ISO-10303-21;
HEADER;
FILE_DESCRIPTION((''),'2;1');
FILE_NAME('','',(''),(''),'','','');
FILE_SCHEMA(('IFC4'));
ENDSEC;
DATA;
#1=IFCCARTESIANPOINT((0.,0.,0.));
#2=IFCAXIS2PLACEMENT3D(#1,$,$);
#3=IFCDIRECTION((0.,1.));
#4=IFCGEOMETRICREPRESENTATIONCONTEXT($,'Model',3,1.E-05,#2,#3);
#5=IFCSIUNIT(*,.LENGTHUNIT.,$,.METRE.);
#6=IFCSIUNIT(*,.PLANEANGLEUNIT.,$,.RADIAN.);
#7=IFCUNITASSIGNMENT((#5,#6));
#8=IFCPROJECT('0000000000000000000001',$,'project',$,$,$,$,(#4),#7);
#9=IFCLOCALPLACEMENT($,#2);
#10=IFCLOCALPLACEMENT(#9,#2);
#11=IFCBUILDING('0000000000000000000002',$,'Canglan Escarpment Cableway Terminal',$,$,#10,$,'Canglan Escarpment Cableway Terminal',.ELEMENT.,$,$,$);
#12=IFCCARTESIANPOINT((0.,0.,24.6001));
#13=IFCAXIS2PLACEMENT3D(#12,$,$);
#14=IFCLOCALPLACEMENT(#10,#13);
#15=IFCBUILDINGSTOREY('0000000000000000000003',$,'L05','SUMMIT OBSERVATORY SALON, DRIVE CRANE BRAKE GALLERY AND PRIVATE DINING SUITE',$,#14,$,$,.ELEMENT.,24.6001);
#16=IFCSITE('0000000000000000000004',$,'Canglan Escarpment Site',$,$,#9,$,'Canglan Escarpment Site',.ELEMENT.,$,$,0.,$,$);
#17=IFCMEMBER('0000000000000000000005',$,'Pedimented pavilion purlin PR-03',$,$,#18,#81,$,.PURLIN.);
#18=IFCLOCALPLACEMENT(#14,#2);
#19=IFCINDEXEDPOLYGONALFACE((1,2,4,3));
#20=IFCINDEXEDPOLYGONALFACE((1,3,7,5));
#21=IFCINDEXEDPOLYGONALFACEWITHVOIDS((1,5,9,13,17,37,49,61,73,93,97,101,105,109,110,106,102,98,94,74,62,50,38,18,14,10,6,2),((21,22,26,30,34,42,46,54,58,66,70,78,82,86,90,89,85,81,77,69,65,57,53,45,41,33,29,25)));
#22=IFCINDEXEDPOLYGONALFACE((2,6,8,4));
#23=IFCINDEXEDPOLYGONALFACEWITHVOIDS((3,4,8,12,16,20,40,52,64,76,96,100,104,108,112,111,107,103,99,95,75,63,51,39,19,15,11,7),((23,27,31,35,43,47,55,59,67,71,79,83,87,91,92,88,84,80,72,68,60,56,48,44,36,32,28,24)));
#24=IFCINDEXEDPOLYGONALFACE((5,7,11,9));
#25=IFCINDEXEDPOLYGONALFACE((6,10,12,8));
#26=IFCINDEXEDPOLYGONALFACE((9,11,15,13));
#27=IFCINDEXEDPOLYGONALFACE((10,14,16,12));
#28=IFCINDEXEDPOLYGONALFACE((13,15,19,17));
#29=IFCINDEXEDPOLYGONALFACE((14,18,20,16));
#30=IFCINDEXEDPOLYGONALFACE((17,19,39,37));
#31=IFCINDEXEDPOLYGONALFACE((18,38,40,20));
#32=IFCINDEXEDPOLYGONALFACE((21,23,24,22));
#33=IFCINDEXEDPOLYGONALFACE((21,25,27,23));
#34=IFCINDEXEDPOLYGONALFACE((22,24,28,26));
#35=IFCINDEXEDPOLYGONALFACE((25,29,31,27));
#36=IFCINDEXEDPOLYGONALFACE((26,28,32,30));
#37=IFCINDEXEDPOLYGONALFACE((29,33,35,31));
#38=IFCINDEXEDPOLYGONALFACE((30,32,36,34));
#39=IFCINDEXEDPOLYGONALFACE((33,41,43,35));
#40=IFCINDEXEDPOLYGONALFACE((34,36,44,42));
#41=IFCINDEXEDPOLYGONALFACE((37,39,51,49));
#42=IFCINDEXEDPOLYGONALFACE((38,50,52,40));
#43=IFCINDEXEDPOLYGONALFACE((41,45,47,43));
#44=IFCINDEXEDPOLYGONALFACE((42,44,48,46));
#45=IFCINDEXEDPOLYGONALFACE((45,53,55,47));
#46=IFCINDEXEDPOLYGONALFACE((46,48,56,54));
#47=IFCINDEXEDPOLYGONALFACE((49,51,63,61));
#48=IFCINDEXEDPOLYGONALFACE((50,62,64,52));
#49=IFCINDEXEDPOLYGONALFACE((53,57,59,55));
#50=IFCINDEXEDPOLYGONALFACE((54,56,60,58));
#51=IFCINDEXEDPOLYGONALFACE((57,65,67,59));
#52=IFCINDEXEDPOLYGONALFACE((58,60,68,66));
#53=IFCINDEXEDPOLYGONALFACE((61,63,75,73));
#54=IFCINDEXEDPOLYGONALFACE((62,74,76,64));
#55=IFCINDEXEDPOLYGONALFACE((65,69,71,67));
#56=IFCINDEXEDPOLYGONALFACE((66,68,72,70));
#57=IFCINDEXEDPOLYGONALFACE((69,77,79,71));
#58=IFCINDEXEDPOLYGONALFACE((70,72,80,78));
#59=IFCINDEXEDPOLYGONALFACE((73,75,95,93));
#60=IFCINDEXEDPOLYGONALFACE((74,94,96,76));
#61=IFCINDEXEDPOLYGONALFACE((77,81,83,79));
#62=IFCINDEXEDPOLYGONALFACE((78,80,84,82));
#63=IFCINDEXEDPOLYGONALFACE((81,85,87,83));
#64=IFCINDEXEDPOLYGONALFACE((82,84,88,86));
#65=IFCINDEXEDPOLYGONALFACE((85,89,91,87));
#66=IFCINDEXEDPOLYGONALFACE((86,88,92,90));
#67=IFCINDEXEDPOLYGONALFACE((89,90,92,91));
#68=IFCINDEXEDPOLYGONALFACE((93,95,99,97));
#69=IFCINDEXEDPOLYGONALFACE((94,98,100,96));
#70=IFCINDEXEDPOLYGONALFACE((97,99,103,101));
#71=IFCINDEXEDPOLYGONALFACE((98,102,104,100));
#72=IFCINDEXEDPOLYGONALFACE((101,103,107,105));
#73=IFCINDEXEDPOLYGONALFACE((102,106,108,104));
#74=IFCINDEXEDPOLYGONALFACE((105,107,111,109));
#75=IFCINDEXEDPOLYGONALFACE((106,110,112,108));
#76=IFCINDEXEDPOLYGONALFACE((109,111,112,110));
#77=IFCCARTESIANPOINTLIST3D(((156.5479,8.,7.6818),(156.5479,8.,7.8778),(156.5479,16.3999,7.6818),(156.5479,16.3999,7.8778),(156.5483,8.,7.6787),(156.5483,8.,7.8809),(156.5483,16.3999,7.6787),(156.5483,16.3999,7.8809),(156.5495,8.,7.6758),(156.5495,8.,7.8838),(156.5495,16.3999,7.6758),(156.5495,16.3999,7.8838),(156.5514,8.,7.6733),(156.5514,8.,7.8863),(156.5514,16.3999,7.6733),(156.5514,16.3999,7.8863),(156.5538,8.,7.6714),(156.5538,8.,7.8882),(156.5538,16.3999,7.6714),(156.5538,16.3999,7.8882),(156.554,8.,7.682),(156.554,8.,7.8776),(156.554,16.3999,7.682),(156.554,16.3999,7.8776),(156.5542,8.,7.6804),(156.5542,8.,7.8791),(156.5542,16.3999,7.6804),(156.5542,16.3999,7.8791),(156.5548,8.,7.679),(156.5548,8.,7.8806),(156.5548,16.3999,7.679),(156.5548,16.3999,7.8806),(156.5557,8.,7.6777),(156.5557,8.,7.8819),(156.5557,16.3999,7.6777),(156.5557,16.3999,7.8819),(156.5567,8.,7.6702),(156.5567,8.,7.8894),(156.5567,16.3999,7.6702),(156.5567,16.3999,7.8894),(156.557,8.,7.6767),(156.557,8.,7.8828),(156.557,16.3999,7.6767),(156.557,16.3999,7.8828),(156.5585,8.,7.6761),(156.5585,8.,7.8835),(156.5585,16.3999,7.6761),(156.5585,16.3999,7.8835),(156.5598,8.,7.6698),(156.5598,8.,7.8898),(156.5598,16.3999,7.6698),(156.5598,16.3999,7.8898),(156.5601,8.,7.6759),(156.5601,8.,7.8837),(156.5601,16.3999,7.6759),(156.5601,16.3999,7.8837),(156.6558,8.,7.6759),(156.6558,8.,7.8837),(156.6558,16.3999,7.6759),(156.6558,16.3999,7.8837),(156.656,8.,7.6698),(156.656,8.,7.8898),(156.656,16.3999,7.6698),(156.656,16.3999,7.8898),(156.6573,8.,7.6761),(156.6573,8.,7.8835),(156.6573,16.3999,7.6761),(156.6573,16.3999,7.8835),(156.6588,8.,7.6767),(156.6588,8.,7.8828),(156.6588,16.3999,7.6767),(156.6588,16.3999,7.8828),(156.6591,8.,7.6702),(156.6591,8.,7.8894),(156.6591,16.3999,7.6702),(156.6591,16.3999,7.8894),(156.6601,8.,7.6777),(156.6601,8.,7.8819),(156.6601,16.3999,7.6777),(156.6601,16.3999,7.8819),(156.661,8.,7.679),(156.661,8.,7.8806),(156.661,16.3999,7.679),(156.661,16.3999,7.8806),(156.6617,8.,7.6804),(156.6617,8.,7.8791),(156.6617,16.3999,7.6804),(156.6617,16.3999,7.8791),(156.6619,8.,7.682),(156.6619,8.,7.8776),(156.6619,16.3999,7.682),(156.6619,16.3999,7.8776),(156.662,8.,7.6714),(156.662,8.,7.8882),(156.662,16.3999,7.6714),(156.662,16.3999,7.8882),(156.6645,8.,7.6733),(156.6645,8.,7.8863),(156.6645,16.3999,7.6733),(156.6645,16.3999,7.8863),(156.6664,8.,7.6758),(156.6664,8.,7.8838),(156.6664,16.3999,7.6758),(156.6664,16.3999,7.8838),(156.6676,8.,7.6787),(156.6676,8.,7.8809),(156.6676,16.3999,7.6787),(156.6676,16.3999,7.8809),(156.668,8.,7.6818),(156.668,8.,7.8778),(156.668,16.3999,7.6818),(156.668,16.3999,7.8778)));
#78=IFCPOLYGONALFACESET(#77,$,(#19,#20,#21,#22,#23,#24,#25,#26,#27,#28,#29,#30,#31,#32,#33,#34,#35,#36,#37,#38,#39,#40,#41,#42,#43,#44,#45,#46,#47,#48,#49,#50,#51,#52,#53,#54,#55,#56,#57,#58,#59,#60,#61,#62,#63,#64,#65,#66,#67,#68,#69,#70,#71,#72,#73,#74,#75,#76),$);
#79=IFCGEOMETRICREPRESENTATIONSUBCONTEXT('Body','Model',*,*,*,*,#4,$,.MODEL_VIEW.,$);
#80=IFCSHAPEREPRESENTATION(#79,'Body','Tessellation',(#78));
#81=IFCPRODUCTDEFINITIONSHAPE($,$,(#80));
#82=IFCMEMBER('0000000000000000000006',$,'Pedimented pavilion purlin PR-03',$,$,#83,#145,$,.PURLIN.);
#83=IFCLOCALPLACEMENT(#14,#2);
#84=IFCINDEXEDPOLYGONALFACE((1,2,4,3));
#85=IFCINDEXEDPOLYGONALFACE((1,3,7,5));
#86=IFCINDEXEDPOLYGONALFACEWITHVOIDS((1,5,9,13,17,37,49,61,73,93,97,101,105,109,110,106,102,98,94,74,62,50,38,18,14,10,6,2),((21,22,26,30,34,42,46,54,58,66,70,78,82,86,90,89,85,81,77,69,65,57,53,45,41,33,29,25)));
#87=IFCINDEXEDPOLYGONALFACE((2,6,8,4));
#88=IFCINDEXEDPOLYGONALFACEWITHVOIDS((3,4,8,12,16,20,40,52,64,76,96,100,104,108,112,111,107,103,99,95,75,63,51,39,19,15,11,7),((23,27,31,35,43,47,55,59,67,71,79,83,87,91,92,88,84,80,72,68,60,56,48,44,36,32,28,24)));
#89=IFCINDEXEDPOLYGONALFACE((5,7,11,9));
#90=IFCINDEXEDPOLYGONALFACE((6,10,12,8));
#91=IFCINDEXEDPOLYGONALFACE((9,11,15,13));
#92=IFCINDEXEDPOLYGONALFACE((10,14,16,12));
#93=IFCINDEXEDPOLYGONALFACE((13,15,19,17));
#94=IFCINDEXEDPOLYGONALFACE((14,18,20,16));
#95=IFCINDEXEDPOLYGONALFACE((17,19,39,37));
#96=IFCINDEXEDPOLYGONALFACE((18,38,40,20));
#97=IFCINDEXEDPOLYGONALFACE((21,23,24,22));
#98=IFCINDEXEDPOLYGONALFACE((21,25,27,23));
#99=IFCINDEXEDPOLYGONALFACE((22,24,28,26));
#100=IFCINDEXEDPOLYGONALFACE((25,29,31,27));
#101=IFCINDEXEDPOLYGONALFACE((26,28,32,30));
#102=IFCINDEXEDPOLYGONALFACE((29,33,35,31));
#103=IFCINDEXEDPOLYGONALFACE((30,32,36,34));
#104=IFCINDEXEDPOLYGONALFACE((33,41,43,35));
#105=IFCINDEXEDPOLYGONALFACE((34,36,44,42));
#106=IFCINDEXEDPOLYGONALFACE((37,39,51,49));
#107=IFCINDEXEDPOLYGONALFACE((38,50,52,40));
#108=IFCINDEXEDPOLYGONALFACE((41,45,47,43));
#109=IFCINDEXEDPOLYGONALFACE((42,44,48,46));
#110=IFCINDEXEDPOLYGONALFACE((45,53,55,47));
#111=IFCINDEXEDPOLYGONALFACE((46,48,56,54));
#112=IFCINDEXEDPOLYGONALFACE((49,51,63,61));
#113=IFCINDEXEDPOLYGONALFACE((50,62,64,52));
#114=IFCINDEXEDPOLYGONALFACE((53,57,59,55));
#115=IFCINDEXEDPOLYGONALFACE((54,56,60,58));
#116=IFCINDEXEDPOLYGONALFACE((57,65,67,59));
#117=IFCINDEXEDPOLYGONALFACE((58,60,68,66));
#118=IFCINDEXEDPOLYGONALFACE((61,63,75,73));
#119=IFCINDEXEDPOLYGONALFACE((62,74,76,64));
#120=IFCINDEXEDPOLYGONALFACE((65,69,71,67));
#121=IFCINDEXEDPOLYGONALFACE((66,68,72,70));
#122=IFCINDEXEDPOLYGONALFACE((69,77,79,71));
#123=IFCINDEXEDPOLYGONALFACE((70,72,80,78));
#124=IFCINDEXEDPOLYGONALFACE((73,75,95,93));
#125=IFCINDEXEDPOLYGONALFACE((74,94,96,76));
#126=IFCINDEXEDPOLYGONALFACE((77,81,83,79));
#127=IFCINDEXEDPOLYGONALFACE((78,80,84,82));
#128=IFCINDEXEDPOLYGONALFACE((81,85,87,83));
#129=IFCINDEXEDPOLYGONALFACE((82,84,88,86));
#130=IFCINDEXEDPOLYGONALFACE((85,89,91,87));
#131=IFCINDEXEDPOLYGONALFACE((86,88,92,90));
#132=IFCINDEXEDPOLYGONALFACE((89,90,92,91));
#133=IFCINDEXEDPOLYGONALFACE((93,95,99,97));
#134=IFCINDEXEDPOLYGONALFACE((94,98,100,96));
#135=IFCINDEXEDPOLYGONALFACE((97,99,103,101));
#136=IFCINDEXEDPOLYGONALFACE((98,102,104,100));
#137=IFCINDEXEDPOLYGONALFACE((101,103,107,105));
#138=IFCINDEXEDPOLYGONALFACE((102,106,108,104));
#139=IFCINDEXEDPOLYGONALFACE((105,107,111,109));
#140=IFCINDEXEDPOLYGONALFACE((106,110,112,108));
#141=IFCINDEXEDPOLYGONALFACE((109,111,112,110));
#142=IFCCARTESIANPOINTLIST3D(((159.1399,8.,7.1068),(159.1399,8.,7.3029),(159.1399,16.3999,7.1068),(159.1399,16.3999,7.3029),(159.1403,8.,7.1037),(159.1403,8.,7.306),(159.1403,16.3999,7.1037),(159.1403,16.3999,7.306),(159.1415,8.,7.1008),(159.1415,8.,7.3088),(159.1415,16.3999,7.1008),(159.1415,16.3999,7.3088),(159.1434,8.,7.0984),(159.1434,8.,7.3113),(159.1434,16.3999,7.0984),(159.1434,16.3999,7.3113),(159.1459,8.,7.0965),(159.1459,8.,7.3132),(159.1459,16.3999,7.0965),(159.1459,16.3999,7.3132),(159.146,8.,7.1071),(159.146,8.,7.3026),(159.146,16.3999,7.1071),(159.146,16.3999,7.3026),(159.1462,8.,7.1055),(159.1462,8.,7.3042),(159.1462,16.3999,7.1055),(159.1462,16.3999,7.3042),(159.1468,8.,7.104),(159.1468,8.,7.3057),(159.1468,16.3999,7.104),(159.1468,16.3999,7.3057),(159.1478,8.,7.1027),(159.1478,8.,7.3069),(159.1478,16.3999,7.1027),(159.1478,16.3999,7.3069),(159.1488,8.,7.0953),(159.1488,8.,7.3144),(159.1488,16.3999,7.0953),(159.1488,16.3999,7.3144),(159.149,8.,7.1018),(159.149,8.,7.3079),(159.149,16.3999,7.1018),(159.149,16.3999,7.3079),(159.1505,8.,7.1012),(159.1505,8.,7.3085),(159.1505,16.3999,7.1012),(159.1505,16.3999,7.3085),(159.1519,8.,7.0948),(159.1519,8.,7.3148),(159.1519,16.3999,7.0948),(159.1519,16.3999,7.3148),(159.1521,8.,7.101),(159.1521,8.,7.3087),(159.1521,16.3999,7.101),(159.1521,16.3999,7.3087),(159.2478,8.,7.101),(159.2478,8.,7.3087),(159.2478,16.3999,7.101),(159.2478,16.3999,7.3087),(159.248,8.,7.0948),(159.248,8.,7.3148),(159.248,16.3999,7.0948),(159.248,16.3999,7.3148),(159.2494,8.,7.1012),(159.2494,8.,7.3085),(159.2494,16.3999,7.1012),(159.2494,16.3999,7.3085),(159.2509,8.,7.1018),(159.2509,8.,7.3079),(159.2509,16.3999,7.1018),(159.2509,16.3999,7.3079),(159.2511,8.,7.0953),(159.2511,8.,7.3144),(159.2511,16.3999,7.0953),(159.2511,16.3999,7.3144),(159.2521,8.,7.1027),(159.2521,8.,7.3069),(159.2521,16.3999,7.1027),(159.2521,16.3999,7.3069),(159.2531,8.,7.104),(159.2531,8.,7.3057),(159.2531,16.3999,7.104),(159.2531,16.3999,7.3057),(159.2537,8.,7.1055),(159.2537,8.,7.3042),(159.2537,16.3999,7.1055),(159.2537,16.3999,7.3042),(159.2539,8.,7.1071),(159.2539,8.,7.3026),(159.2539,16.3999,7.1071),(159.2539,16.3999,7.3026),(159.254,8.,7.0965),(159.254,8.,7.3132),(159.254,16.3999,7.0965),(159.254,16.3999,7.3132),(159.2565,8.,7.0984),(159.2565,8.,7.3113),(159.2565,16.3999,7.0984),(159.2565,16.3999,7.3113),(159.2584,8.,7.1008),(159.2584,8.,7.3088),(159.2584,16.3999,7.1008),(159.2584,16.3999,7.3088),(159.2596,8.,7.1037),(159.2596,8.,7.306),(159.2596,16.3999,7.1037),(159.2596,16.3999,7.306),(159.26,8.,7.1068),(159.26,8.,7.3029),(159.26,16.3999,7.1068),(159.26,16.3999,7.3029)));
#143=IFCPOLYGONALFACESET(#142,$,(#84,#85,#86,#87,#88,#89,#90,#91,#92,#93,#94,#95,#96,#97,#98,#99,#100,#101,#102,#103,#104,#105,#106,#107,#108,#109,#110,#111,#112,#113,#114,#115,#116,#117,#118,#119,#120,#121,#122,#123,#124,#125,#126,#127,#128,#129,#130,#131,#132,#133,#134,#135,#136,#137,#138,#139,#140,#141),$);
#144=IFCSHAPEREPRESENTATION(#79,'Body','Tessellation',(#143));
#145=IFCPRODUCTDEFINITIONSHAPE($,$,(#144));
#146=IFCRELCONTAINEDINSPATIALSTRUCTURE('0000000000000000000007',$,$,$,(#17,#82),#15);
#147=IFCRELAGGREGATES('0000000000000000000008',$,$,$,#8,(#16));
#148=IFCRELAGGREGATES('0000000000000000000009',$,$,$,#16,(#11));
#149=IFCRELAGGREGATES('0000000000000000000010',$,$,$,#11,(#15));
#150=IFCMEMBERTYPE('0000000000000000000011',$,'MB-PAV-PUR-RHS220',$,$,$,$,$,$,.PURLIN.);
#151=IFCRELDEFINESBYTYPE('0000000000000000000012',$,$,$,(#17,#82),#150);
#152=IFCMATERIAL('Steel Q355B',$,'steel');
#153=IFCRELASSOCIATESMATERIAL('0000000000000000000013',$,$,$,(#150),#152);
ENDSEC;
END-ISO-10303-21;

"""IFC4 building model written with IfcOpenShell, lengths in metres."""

from ifc_helpers import new_model, si_unit, direction, frame, origin, origin_2d, place, context, subcontext, project, spatial, hollow_rectangle, extrude, material, material_profile, profile_set, type_object, element, save


model = new_model("IFC4")

# Units and contexts
model_context = context("Model", 3, precision=1e-05, world=origin(), true_north=direction((0.0, 1.0)))
body_context = subcontext(model_context, "Body", "Model", "MODEL_VIEW")
ifc_project = project(units=[si_unit("LENGTHUNIT", "METRE"), si_unit("PLANEANGLEUNIT", "RADIAN")], contexts=[model_context])

# Site, building, storey
site_placement = place(None, origin())
site = spatial("IfcSite", under=ifc_project, at=site_placement, Name="Canglan Escarpment Site", LongName="Canglan Escarpment Site", CompositionType="ELEMENT", RefElevation=0.0)
building_placement = place(site_placement, origin())
building = spatial("IfcBuilding", under=site, at=building_placement, Name="Canglan Escarpment Cableway Terminal", LongName="Canglan Escarpment Cableway Terminal", CompositionType="ELEMENT")
storey_placement = place(building_placement, frame((0.0, 0.0, 24.6001)))
storey = spatial("IfcBuildingStorey", under=building, at=storey_placement, Name="L05", Description="SUMMIT OBSERVATORY SALON, DRIVE CRANE BRAKE GALLERY AND PRIVATE DINING SUITE", CompositionType="ELEMENT", Elevation=24.6001)

# Shared definitions
ifc_material_1 = material(Name="Steel Q355B", Category="steel")

# Members
ifc_material_profile_1 = material_profile(ifc_material_1, hollow_rectangle(XDim=0.1201, YDim=0.22, WallThickness=0.0061, InnerFilletRadius=0.0061, OuterFilletRadius=0.012, at=origin_2d()), Name="RHS 220x120x6")
ifc_profile_set_1 = profile_set([ifc_material_profile_1], Name="Steel Q355B")
member_type_1 = type_object("IfcMemberType", Name="MB-PAV-PUR-RHS220", PredefinedType="PURLIN", material=ifc_profile_set_1)
for number, where, z_axis, x_axis, name in (
    (1, (156.6079, 8.0, 7.7798), (0.0, 1.0, 0.0), (-1.0, 0.0, 0.0), "Pedimented pavilion purlin PR-03"),
    (2, (159.2, 8.0, 7.2048), (0.0, 1.0, 0.0), (-1.0, 0.0, 0.0), "Pedimented pavilion purlin PR-03"),
):
    element("IfcMember", number, at=place(storey_placement, frame(where, z_axis=z_axis, x_axis=x_axis)), inside=storey, type_object=member_type_1, Name=name, PredefinedType="PURLIN", context=body_context, shape_type="SweptSolid", body=[
        extrude(hollow_rectangle(XDim=0.1201, YDim=0.22, WallThickness=0.0061, InnerFilletRadius=0.0061, OuterFilletRadius=0.012, at=origin_2d()), origin(), (0.0, 0.0, 1.0), 8.3999),
    ])

save(model, "model.ifc")
